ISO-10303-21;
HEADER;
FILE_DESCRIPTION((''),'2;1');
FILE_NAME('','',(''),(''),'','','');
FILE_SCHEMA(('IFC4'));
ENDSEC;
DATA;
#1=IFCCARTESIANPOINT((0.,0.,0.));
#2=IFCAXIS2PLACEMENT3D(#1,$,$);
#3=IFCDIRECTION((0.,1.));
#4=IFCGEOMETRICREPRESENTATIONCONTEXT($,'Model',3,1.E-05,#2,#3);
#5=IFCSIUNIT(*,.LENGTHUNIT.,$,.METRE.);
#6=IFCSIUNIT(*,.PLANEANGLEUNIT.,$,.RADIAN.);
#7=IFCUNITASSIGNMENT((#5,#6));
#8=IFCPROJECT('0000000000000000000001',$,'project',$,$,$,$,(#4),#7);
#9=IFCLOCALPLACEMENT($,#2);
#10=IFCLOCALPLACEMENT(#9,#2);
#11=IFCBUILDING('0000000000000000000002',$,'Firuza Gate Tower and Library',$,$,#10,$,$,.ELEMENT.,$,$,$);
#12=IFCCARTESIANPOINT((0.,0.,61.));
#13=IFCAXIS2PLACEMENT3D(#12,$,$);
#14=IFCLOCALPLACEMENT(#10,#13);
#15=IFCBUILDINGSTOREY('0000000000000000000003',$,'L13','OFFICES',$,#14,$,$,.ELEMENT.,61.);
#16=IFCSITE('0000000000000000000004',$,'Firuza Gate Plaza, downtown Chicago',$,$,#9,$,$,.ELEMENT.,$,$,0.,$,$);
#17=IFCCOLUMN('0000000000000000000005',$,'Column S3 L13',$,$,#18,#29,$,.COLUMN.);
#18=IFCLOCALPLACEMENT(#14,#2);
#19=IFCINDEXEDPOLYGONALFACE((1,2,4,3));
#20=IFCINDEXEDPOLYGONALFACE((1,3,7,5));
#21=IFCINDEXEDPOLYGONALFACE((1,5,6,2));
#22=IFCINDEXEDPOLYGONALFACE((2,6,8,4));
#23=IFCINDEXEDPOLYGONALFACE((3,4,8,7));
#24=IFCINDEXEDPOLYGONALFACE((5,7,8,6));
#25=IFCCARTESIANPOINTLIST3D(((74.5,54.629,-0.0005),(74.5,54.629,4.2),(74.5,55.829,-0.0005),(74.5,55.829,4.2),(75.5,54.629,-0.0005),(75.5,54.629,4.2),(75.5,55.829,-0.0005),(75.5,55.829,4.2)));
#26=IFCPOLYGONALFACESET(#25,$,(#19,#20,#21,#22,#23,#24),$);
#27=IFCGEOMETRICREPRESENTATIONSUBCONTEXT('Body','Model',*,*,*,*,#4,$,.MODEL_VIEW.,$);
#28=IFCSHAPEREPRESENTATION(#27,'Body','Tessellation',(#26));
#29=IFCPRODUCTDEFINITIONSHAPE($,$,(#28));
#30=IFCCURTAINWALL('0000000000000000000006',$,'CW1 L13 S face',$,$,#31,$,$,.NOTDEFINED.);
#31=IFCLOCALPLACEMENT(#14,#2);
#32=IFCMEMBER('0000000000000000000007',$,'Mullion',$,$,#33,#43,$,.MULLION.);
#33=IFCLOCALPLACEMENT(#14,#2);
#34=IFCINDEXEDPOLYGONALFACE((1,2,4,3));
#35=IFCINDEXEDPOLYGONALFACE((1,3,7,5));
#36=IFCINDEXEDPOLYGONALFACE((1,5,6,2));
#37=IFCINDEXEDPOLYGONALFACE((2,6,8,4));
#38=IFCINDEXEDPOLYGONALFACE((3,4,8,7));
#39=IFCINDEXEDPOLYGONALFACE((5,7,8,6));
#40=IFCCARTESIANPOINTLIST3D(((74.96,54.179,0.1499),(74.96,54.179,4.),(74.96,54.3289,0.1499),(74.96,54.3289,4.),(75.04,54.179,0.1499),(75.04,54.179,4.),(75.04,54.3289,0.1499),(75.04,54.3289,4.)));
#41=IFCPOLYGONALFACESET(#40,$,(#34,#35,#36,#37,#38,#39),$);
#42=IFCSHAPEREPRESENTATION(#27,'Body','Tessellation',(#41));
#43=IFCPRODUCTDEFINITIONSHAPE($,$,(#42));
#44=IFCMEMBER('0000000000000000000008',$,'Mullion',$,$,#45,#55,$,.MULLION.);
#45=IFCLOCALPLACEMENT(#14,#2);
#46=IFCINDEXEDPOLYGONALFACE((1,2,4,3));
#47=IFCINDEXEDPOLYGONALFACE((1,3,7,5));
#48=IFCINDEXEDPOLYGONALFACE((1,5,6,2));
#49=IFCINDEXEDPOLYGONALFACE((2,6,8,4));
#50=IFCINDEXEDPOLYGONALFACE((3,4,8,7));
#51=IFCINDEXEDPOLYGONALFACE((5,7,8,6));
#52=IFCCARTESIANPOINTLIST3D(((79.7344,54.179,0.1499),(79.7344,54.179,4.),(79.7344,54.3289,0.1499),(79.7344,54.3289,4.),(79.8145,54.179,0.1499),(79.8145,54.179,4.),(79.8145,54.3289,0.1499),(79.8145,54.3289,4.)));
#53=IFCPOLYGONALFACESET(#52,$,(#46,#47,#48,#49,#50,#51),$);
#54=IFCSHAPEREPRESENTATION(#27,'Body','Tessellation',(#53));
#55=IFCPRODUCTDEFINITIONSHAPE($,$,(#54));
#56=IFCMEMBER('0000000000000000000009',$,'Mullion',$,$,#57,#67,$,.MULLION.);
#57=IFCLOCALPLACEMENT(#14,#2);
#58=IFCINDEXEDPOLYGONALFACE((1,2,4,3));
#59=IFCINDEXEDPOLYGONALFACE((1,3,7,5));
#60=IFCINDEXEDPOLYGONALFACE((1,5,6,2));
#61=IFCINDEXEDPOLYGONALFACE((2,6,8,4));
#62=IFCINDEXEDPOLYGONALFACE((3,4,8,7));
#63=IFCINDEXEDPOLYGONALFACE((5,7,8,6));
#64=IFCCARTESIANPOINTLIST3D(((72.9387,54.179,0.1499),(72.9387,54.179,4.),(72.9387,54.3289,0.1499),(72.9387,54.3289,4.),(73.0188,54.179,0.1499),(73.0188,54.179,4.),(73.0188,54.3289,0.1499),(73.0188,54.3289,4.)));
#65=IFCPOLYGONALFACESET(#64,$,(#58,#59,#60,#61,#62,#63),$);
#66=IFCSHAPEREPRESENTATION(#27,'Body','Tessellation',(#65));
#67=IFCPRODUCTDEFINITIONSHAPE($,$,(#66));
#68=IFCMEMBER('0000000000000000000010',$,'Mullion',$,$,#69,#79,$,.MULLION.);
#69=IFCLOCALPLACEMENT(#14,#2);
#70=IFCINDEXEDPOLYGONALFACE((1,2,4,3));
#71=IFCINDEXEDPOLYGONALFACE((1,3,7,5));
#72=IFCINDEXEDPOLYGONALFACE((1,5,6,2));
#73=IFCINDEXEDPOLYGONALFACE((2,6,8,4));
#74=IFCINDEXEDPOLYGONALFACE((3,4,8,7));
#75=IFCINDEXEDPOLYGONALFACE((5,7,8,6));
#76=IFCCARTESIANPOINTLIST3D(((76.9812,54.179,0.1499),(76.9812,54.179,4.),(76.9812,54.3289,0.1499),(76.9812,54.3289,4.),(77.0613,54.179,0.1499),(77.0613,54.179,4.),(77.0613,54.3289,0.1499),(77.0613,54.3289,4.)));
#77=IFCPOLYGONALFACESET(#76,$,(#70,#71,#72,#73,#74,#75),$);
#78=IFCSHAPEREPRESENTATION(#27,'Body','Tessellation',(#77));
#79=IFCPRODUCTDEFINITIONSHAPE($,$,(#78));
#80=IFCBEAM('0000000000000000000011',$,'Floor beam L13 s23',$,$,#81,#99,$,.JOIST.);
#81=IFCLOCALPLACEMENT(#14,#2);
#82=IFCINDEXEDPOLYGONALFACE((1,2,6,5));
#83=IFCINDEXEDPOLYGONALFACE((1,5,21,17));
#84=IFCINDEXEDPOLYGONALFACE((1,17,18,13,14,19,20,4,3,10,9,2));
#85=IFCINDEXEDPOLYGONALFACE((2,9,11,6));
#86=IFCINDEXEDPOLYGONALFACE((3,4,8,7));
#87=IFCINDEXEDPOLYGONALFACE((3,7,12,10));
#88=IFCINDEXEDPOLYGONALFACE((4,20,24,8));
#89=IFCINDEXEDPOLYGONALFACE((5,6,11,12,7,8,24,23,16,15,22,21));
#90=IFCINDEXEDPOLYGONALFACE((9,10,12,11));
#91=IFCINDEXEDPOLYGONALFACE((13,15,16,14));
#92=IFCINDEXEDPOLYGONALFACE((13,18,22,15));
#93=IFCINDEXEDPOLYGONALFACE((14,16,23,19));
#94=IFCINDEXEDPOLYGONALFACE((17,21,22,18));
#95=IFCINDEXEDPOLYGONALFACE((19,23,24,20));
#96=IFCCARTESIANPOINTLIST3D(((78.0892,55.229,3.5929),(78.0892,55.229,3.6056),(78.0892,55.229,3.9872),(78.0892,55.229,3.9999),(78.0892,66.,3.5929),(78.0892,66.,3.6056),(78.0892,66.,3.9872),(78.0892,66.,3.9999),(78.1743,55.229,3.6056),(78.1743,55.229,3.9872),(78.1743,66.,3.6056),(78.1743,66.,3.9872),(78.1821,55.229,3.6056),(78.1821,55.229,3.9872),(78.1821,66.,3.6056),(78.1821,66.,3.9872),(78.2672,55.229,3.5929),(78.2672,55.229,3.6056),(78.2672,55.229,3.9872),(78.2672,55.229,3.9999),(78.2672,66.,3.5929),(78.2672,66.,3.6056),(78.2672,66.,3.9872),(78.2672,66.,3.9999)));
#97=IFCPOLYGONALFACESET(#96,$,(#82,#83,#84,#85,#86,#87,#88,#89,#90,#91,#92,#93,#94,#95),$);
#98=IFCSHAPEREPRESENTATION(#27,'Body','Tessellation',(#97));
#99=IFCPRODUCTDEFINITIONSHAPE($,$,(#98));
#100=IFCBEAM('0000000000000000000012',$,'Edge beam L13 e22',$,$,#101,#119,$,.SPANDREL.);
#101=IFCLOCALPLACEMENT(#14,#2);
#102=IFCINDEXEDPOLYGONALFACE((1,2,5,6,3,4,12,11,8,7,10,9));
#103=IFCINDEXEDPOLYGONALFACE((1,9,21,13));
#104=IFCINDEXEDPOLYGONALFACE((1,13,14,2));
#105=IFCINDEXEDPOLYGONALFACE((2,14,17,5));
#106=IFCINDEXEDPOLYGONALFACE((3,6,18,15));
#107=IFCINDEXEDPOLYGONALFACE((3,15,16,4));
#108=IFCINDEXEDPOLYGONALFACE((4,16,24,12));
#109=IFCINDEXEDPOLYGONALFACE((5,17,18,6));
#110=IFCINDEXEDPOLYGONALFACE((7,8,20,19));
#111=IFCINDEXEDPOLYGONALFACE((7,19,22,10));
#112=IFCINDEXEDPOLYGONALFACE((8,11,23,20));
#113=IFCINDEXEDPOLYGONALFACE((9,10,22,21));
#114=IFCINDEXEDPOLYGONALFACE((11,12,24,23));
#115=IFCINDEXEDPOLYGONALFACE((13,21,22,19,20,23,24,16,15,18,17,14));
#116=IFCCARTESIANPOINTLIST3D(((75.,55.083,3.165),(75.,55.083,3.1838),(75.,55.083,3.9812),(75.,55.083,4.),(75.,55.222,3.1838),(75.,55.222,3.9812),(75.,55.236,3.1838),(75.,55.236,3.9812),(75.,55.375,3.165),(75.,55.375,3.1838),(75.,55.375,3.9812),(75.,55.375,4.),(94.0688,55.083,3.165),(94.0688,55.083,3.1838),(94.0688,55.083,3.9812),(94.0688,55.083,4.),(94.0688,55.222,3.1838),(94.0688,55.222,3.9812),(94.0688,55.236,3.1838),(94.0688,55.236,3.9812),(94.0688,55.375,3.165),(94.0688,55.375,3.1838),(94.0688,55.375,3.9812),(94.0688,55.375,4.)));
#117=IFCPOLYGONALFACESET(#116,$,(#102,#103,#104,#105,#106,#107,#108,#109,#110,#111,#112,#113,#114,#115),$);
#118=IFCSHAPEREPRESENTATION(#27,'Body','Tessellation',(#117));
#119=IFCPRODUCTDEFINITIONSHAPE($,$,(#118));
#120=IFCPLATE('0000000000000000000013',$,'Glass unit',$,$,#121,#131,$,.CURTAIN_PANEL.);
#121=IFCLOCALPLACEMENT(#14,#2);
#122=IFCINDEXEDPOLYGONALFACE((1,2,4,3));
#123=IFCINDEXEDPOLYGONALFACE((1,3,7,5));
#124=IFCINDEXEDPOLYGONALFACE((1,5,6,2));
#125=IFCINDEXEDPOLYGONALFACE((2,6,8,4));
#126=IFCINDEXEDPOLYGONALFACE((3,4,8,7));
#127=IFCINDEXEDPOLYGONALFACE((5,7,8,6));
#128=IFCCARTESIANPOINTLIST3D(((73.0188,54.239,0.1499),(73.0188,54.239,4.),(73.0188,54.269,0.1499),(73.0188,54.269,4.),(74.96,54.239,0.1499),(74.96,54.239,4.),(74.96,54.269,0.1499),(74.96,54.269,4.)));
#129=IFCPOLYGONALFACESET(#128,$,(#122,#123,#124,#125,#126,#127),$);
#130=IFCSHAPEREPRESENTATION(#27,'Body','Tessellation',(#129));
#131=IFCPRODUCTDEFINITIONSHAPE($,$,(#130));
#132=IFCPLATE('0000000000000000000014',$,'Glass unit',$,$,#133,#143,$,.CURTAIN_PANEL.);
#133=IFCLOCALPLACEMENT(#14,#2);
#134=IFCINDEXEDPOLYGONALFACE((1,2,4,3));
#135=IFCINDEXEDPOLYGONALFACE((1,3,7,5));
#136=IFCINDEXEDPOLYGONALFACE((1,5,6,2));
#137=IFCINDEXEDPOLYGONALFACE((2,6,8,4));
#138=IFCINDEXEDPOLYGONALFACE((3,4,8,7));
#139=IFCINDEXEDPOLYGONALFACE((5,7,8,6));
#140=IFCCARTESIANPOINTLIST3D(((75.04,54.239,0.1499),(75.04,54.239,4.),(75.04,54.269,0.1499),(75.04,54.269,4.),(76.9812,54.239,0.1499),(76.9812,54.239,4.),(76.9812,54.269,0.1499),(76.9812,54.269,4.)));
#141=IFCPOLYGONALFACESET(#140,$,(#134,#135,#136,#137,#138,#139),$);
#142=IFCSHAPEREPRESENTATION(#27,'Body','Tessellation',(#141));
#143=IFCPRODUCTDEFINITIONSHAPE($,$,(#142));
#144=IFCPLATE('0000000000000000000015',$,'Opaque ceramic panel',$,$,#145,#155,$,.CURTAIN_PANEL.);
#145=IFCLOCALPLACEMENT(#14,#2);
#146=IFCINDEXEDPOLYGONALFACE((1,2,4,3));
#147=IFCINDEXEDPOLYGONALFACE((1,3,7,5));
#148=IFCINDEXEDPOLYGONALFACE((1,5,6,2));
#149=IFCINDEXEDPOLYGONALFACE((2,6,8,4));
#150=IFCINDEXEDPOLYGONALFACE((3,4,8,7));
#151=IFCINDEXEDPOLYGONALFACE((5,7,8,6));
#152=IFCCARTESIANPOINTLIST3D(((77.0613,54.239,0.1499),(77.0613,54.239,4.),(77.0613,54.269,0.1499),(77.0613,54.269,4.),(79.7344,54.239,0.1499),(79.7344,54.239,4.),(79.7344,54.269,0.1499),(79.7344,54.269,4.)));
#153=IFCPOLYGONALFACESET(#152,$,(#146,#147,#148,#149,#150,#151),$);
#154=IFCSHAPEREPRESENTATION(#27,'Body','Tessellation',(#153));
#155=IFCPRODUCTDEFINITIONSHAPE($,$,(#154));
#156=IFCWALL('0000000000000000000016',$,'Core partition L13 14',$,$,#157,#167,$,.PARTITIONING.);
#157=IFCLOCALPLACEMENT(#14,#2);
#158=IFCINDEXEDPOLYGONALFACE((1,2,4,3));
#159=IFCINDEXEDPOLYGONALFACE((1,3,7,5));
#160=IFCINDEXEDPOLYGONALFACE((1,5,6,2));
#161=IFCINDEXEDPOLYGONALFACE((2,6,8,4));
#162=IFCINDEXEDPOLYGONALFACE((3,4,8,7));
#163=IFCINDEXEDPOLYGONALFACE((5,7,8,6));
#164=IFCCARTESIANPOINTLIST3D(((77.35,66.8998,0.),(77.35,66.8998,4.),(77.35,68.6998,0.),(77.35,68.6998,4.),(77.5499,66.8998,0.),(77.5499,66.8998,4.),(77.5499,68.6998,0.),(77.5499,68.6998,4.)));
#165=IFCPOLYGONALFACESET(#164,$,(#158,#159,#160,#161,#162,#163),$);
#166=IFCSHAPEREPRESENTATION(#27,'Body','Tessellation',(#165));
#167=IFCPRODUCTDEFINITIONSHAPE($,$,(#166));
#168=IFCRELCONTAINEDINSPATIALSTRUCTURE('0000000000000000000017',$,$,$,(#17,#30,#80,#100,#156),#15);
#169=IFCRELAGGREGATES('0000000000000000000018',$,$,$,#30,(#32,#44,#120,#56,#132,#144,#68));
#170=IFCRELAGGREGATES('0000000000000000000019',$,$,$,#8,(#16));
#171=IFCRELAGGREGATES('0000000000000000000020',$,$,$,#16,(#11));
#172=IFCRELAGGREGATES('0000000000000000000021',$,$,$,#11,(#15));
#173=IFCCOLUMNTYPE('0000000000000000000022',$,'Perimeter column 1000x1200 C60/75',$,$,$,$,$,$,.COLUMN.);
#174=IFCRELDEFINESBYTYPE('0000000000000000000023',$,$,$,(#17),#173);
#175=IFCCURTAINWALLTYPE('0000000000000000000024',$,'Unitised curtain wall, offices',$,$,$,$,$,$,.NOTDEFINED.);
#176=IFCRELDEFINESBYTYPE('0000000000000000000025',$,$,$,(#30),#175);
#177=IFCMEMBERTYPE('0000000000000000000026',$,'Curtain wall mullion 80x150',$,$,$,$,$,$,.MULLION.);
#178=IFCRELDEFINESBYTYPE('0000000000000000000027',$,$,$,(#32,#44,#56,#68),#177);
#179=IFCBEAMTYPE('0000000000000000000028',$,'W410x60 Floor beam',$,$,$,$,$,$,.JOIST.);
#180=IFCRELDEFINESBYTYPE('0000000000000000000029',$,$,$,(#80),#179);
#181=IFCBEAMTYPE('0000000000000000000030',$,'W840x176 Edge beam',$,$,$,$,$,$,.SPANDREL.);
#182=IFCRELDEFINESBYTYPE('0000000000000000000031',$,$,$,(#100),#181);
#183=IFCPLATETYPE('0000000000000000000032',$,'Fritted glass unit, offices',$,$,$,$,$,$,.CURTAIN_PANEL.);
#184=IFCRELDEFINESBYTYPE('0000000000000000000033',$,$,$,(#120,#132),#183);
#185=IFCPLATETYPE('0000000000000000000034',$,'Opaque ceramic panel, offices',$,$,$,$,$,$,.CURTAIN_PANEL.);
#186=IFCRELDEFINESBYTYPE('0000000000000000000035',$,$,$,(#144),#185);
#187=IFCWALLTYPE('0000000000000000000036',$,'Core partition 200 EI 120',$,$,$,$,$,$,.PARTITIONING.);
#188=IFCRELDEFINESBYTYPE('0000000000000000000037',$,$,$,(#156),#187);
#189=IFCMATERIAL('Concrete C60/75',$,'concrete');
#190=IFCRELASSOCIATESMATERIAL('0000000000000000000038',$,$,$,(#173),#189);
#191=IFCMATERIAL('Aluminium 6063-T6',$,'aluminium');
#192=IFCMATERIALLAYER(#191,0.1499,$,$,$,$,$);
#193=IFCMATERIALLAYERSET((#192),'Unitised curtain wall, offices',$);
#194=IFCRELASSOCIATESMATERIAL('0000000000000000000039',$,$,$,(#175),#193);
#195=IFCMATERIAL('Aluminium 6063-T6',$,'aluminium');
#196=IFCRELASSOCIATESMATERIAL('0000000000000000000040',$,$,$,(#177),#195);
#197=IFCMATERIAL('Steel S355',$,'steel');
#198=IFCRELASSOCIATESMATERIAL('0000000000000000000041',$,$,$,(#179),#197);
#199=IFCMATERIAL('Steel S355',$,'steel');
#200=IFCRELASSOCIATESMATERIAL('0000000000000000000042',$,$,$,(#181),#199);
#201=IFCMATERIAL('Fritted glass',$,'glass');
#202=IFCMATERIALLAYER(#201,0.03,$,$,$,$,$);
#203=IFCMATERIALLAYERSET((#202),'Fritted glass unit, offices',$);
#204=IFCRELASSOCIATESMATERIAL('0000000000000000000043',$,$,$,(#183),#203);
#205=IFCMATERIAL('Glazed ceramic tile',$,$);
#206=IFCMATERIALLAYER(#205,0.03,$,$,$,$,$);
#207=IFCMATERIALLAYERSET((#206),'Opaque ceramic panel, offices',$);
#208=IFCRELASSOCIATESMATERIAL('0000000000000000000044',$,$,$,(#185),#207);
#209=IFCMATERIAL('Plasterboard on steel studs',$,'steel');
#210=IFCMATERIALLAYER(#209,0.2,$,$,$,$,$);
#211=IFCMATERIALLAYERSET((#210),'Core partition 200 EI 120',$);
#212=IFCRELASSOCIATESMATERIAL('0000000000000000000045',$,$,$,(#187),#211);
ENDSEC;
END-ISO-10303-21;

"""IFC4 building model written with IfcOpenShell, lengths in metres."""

from ifc_helpers import new_model, si_unit, direction, frame, frame_2d, origin, origin_2d, place, context, subcontext, project, spatial, polyline, rectangle, i_section, outline, extrude, material, layer, layer_set, material_profile, profile_set, type_object, element, aggregate, save


model = new_model("IFC4")

# Units and contexts
model_context = context("Model", 3, precision=1e-05, world=origin(), true_north=direction((0.0, 1.0)))
body_context = subcontext(model_context, "Body", "Model", "MODEL_VIEW")
ifc_project = project(units=[si_unit("LENGTHUNIT", "METRE"), si_unit("PLANEANGLEUNIT", "RADIAN")], contexts=[model_context])

# Site, building, storey
site_placement = place(None, origin())
site = spatial("IfcSite", under=ifc_project, at=site_placement, Name="Firuza Gate Plaza, downtown Chicago", CompositionType="ELEMENT", RefElevation=0.0)
building_placement = place(site_placement, origin())
building = spatial("IfcBuilding", under=site, at=building_placement, Name="Firuza Gate Tower and Library", CompositionType="ELEMENT")
storey_placement = place(building_placement, frame((0.0, 0.0, 61.0)))
storey = spatial("IfcBuildingStorey", under=building, at=storey_placement, Name="L13", Description="OFFICES", CompositionType="ELEMENT", Elevation=61.0)

# Column
ifc_material_1 = material(Name="Concrete C60/75", Category="concrete")
ifc_material_profile_1 = material_profile(ifc_material_1, rectangle(XDim=1.0, YDim=1.2, at=origin_2d()))
ifc_profile_set_1 = profile_set([ifc_material_profile_1], Name="Concrete C60/75")
column_type = type_object("IfcColumnType", Name="Perimeter column 1000x1200 C60/75", PredefinedType="COLUMN", material=ifc_profile_set_1)
column_placement = place(storey_placement, frame((75.0, 55.229, -0.0005), z_axis=(0.0, 0.0, 1.0), x_axis=(1.0, 0.0, 0.0)))
element("IfcColumn", 1, at=column_placement, inside=storey, type_object=column_type, Name="Column S3 L13", PredefinedType="COLUMN", context=body_context, shape_type="SweptSolid", body=[
    extrude(rectangle(XDim=1.0, YDim=1.2, at=origin_2d()), origin(), (0.0, 0.0, 1.0), 4.2004),
])

# Curtain wall, members
ifc_material_2 = material(Name="Aluminium 6063-T6", Category="aluminium")
ifc_layer_1 = layer(ifc_material_2, 0.1499)
ifc_layer_set_1 = layer_set([ifc_layer_1], Name="Unitised curtain wall, offices")
curtain_wall_type = type_object("IfcCurtainWallType", Name="Unitised curtain wall, offices", PredefinedType="NOTDEFINED", material=ifc_layer_set_1)
curtain_wall_placement = place(storey_placement, origin())
curtain_wall = element("IfcCurtainWall", 2, at=curtain_wall_placement, inside=storey, type_object=curtain_wall_type, Name="CW1 L13 S face", PredefinedType="NOTDEFINED")
ifc_material_3 = material(Name="Aluminium 6063-T6", Category="aluminium")
ifc_material_profile_2 = material_profile(ifc_material_3, rectangle(XDim=0.1499, YDim=0.0801, at=origin_2d()))
ifc_profile_set_2 = profile_set([ifc_material_profile_2], Name="Aluminium 6063-T6")
member_type = type_object("IfcMemberType", Name="Curtain wall mullion 80x150", PredefinedType="MULLION", material=ifc_profile_set_2)
member_1_placement = place(storey_placement, frame((75.0, 54.2539, 0.1499), z_axis=(0.0, 0.0, 1.0), x_axis=(0.0, 1.0, 0.0)))
member_1 = element("IfcMember", 3, at=member_1_placement, type_object=member_type, Name="Mullion", PredefinedType="MULLION", context=body_context, shape_type="SweptSolid", body=[
    extrude(rectangle(XDim=0.1499, YDim=0.0801, at=origin_2d()), origin(), (0.0, 0.0, 1.0), 3.8501),
])
member_2_placement = place(storey_placement, frame((79.7744, 54.2539, 0.1499), z_axis=(0.0, 0.0, 1.0), x_axis=(0.0, 1.0, 0.0)))
member_2 = element("IfcMember", 4, at=member_2_placement, type_object=member_type, Name="Mullion", PredefinedType="MULLION", context=body_context, shape_type="SweptSolid", body=[
    extrude(rectangle(XDim=0.1499, YDim=0.0801, at=origin_2d()), origin(), (0.0, 0.0, 1.0), 3.8501),
])
member_3_placement = place(storey_placement, frame((72.9788, 54.2539, 0.1499), z_axis=(0.0, 0.0, 1.0), x_axis=(0.0, 1.0, 0.0)))
member_3 = element("IfcMember", 5, at=member_3_placement, type_object=member_type, Name="Mullion", PredefinedType="MULLION", context=body_context, shape_type="SweptSolid", body=[
    extrude(rectangle(XDim=0.1499, YDim=0.0801, at=origin_2d()), origin(), (0.0, 0.0, 1.0), 3.8501),
])
member_4_placement = place(storey_placement, frame((77.0212, 54.2539, 0.1499), z_axis=(0.0, 0.0, 1.0), x_axis=(0.0, 1.0, 0.0)))
member_4 = element("IfcMember", 6, at=member_4_placement, type_object=member_type, Name="Mullion", PredefinedType="MULLION", context=body_context, shape_type="SweptSolid", body=[
    extrude(rectangle(XDim=0.1499, YDim=0.0801, at=origin_2d()), origin(), (0.0, 0.0, 1.0), 3.8501),
])

# Beams
ifc_material_4 = material(Name="Steel S355", Category="steel")
ifc_material_profile_3 = material_profile(ifc_material_4, i_section(OverallWidth=0.178, OverallDepth=0.407, WebThickness=0.0078, FlangeThickness=0.0127, at=origin_2d()))
ifc_profile_set_3 = profile_set([ifc_material_profile_3], Name="Steel S355")
beam_type_1 = type_object("IfcBeamType", Name="W410x60 Floor beam", PredefinedType="JOIST", material=ifc_profile_set_3)
beam_1_placement = place(storey_placement, frame((78.1782, 55.229, 3.7964), z_axis=(0.0, 1.0, 0.0), x_axis=(-1.0, 0.0, 0.0)))
element("IfcBeam", 7, at=beam_1_placement, inside=storey, type_object=beam_type_1, Name="Floor beam L13 s23", PredefinedType="JOIST", context=body_context, shape_type="SweptSolid", body=[
    extrude(i_section(OverallWidth=0.178, OverallDepth=0.407, WebThickness=0.0078, FlangeThickness=0.0127, at=origin_2d()), origin(), (0.0, 0.0, 1.0), 10.771),
])
ifc_material_5 = material(Name="Steel S355", Category="steel")
ifc_material_profile_4 = material_profile(ifc_material_5, i_section(OverallWidth=0.292, OverallDepth=0.835, WebThickness=0.0139, FlangeThickness=0.0188, at=origin_2d()))
ifc_profile_set_4 = profile_set([ifc_material_profile_4], Name="Steel S355")
beam_type_2 = type_object("IfcBeamType", Name="W840x176 Edge beam", PredefinedType="SPANDREL", material=ifc_profile_set_4)
beam_2_placement = place(storey_placement, frame((75.0, 55.229, 3.5825), z_axis=(1.0, 0.0, 0.0), x_axis=(0.0, 1.0, 0.0)))
element("IfcBeam", 8, at=beam_2_placement, inside=storey, type_object=beam_type_2, Name="Edge beam L13 e22", PredefinedType="SPANDREL", context=body_context, shape_type="SweptSolid", body=[
    extrude(i_section(OverallWidth=0.292, OverallDepth=0.835, WebThickness=0.0139, FlangeThickness=0.0188, at=origin_2d()), origin(), (0.0, 0.0, 1.0), 19.0688),
])

# Plates
ifc_material_6 = material(Name="Fritted glass", Category="glass")
ifc_layer_2 = layer(ifc_material_6, 0.03)
ifc_layer_set_2 = layer_set([ifc_layer_2], Name="Fritted glass unit, offices")
plate_type_1 = type_object("IfcPlateType", Name="Fritted glass unit, offices", PredefinedType="CURTAIN_PANEL", material=ifc_layer_set_2)
plate_1_placement = place(storey_placement, frame((73.0188, 54.239, 0.1499), z_axis=(0.0, -1.0, 0.0), x_axis=(1.0, 0.0, 0.0)))
plate_1 = element("IfcPlate", 9, at=plate_1_placement, type_object=plate_type_1, Name="Glass unit", PredefinedType="CURTAIN_PANEL", context=body_context, shape_type="SweptSolid", body=[
    extrude(outline(polyline([(0.0, 0.0), (1.9412, 0.0), (1.9412, 3.8501), (0.0, 3.8501), (0.0, 0.0)])), origin(), (0.0, 0.0, -1.0), 0.03),
])
plate_2_placement = place(storey_placement, frame((75.04, 54.239, 0.1499), z_axis=(0.0, -1.0, 0.0), x_axis=(1.0, 0.0, 0.0)))
plate_2 = element("IfcPlate", 10, at=plate_2_placement, type_object=plate_type_1, Name="Glass unit", PredefinedType="CURTAIN_PANEL", context=body_context, shape_type="SweptSolid", body=[
    extrude(outline(polyline([(0.0, 0.0), (1.9412, 0.0), (1.9412, 3.8501), (0.0, 3.8501), (0.0, 0.0)])), origin(), (0.0, 0.0, -1.0), 0.03),
])
ifc_material_7 = material(Name="Glazed ceramic tile")
ifc_layer_3 = layer(ifc_material_7, 0.03)
ifc_layer_set_3 = layer_set([ifc_layer_3], Name="Opaque ceramic panel, offices")
plate_type_2 = type_object("IfcPlateType", Name="Opaque ceramic panel, offices", PredefinedType="CURTAIN_PANEL", material=ifc_layer_set_3)
plate_3_placement = place(storey_placement, frame((77.0613, 54.239, 0.1499), z_axis=(0.0, -1.0, 0.0), x_axis=(1.0, 0.0, 0.0)))
plate_3 = element("IfcPlate", 11, at=plate_3_placement, type_object=plate_type_2, Name="Opaque ceramic panel", PredefinedType="CURTAIN_PANEL", context=body_context, shape_type="SweptSolid", body=[
    extrude(outline(polyline([(0.0, 0.0), (2.6731, 0.0), (2.6731, 3.8501), (0.0, 3.8501), (0.0, 0.0)])), origin(), (0.0, 0.0, -1.0), 0.03),
])
aggregate(curtain_wall, [member_1, member_2, plate_1, member_3, plate_2, plate_3, member_4])

# Wall
ifc_material_8 = material(Name="Plasterboard on steel studs", Category="steel")
ifc_layer_4 = layer(ifc_material_8, 0.2)
ifc_layer_set_4 = layer_set([ifc_layer_4], Name="Core partition 200 EI 120")
wall_type_1 = type_object("IfcWallType", Name="Core partition 200 EI 120", PredefinedType="PARTITIONING", material=ifc_layer_set_4)
wall_1_placement = place(storey_placement, frame((77.45, 66.8999, 0.0), z_axis=(0.0, 0.0, 1.0), x_axis=(0.0, 1.0, 0.0)))
element("IfcWall", 12, at=wall_1_placement, inside=storey, type_object=wall_type_1, Name="Core partition L13 14", PredefinedType="PARTITIONING", context=body_context, shape_type="SweptSolid", body=[
    extrude(rectangle(XDim=1.8, YDim=0.2, at=frame_2d((0.8999, 0.0))), origin(), (0.0, 0.0, 1.0), 4.0),
])

save(model, "model.ifc")
